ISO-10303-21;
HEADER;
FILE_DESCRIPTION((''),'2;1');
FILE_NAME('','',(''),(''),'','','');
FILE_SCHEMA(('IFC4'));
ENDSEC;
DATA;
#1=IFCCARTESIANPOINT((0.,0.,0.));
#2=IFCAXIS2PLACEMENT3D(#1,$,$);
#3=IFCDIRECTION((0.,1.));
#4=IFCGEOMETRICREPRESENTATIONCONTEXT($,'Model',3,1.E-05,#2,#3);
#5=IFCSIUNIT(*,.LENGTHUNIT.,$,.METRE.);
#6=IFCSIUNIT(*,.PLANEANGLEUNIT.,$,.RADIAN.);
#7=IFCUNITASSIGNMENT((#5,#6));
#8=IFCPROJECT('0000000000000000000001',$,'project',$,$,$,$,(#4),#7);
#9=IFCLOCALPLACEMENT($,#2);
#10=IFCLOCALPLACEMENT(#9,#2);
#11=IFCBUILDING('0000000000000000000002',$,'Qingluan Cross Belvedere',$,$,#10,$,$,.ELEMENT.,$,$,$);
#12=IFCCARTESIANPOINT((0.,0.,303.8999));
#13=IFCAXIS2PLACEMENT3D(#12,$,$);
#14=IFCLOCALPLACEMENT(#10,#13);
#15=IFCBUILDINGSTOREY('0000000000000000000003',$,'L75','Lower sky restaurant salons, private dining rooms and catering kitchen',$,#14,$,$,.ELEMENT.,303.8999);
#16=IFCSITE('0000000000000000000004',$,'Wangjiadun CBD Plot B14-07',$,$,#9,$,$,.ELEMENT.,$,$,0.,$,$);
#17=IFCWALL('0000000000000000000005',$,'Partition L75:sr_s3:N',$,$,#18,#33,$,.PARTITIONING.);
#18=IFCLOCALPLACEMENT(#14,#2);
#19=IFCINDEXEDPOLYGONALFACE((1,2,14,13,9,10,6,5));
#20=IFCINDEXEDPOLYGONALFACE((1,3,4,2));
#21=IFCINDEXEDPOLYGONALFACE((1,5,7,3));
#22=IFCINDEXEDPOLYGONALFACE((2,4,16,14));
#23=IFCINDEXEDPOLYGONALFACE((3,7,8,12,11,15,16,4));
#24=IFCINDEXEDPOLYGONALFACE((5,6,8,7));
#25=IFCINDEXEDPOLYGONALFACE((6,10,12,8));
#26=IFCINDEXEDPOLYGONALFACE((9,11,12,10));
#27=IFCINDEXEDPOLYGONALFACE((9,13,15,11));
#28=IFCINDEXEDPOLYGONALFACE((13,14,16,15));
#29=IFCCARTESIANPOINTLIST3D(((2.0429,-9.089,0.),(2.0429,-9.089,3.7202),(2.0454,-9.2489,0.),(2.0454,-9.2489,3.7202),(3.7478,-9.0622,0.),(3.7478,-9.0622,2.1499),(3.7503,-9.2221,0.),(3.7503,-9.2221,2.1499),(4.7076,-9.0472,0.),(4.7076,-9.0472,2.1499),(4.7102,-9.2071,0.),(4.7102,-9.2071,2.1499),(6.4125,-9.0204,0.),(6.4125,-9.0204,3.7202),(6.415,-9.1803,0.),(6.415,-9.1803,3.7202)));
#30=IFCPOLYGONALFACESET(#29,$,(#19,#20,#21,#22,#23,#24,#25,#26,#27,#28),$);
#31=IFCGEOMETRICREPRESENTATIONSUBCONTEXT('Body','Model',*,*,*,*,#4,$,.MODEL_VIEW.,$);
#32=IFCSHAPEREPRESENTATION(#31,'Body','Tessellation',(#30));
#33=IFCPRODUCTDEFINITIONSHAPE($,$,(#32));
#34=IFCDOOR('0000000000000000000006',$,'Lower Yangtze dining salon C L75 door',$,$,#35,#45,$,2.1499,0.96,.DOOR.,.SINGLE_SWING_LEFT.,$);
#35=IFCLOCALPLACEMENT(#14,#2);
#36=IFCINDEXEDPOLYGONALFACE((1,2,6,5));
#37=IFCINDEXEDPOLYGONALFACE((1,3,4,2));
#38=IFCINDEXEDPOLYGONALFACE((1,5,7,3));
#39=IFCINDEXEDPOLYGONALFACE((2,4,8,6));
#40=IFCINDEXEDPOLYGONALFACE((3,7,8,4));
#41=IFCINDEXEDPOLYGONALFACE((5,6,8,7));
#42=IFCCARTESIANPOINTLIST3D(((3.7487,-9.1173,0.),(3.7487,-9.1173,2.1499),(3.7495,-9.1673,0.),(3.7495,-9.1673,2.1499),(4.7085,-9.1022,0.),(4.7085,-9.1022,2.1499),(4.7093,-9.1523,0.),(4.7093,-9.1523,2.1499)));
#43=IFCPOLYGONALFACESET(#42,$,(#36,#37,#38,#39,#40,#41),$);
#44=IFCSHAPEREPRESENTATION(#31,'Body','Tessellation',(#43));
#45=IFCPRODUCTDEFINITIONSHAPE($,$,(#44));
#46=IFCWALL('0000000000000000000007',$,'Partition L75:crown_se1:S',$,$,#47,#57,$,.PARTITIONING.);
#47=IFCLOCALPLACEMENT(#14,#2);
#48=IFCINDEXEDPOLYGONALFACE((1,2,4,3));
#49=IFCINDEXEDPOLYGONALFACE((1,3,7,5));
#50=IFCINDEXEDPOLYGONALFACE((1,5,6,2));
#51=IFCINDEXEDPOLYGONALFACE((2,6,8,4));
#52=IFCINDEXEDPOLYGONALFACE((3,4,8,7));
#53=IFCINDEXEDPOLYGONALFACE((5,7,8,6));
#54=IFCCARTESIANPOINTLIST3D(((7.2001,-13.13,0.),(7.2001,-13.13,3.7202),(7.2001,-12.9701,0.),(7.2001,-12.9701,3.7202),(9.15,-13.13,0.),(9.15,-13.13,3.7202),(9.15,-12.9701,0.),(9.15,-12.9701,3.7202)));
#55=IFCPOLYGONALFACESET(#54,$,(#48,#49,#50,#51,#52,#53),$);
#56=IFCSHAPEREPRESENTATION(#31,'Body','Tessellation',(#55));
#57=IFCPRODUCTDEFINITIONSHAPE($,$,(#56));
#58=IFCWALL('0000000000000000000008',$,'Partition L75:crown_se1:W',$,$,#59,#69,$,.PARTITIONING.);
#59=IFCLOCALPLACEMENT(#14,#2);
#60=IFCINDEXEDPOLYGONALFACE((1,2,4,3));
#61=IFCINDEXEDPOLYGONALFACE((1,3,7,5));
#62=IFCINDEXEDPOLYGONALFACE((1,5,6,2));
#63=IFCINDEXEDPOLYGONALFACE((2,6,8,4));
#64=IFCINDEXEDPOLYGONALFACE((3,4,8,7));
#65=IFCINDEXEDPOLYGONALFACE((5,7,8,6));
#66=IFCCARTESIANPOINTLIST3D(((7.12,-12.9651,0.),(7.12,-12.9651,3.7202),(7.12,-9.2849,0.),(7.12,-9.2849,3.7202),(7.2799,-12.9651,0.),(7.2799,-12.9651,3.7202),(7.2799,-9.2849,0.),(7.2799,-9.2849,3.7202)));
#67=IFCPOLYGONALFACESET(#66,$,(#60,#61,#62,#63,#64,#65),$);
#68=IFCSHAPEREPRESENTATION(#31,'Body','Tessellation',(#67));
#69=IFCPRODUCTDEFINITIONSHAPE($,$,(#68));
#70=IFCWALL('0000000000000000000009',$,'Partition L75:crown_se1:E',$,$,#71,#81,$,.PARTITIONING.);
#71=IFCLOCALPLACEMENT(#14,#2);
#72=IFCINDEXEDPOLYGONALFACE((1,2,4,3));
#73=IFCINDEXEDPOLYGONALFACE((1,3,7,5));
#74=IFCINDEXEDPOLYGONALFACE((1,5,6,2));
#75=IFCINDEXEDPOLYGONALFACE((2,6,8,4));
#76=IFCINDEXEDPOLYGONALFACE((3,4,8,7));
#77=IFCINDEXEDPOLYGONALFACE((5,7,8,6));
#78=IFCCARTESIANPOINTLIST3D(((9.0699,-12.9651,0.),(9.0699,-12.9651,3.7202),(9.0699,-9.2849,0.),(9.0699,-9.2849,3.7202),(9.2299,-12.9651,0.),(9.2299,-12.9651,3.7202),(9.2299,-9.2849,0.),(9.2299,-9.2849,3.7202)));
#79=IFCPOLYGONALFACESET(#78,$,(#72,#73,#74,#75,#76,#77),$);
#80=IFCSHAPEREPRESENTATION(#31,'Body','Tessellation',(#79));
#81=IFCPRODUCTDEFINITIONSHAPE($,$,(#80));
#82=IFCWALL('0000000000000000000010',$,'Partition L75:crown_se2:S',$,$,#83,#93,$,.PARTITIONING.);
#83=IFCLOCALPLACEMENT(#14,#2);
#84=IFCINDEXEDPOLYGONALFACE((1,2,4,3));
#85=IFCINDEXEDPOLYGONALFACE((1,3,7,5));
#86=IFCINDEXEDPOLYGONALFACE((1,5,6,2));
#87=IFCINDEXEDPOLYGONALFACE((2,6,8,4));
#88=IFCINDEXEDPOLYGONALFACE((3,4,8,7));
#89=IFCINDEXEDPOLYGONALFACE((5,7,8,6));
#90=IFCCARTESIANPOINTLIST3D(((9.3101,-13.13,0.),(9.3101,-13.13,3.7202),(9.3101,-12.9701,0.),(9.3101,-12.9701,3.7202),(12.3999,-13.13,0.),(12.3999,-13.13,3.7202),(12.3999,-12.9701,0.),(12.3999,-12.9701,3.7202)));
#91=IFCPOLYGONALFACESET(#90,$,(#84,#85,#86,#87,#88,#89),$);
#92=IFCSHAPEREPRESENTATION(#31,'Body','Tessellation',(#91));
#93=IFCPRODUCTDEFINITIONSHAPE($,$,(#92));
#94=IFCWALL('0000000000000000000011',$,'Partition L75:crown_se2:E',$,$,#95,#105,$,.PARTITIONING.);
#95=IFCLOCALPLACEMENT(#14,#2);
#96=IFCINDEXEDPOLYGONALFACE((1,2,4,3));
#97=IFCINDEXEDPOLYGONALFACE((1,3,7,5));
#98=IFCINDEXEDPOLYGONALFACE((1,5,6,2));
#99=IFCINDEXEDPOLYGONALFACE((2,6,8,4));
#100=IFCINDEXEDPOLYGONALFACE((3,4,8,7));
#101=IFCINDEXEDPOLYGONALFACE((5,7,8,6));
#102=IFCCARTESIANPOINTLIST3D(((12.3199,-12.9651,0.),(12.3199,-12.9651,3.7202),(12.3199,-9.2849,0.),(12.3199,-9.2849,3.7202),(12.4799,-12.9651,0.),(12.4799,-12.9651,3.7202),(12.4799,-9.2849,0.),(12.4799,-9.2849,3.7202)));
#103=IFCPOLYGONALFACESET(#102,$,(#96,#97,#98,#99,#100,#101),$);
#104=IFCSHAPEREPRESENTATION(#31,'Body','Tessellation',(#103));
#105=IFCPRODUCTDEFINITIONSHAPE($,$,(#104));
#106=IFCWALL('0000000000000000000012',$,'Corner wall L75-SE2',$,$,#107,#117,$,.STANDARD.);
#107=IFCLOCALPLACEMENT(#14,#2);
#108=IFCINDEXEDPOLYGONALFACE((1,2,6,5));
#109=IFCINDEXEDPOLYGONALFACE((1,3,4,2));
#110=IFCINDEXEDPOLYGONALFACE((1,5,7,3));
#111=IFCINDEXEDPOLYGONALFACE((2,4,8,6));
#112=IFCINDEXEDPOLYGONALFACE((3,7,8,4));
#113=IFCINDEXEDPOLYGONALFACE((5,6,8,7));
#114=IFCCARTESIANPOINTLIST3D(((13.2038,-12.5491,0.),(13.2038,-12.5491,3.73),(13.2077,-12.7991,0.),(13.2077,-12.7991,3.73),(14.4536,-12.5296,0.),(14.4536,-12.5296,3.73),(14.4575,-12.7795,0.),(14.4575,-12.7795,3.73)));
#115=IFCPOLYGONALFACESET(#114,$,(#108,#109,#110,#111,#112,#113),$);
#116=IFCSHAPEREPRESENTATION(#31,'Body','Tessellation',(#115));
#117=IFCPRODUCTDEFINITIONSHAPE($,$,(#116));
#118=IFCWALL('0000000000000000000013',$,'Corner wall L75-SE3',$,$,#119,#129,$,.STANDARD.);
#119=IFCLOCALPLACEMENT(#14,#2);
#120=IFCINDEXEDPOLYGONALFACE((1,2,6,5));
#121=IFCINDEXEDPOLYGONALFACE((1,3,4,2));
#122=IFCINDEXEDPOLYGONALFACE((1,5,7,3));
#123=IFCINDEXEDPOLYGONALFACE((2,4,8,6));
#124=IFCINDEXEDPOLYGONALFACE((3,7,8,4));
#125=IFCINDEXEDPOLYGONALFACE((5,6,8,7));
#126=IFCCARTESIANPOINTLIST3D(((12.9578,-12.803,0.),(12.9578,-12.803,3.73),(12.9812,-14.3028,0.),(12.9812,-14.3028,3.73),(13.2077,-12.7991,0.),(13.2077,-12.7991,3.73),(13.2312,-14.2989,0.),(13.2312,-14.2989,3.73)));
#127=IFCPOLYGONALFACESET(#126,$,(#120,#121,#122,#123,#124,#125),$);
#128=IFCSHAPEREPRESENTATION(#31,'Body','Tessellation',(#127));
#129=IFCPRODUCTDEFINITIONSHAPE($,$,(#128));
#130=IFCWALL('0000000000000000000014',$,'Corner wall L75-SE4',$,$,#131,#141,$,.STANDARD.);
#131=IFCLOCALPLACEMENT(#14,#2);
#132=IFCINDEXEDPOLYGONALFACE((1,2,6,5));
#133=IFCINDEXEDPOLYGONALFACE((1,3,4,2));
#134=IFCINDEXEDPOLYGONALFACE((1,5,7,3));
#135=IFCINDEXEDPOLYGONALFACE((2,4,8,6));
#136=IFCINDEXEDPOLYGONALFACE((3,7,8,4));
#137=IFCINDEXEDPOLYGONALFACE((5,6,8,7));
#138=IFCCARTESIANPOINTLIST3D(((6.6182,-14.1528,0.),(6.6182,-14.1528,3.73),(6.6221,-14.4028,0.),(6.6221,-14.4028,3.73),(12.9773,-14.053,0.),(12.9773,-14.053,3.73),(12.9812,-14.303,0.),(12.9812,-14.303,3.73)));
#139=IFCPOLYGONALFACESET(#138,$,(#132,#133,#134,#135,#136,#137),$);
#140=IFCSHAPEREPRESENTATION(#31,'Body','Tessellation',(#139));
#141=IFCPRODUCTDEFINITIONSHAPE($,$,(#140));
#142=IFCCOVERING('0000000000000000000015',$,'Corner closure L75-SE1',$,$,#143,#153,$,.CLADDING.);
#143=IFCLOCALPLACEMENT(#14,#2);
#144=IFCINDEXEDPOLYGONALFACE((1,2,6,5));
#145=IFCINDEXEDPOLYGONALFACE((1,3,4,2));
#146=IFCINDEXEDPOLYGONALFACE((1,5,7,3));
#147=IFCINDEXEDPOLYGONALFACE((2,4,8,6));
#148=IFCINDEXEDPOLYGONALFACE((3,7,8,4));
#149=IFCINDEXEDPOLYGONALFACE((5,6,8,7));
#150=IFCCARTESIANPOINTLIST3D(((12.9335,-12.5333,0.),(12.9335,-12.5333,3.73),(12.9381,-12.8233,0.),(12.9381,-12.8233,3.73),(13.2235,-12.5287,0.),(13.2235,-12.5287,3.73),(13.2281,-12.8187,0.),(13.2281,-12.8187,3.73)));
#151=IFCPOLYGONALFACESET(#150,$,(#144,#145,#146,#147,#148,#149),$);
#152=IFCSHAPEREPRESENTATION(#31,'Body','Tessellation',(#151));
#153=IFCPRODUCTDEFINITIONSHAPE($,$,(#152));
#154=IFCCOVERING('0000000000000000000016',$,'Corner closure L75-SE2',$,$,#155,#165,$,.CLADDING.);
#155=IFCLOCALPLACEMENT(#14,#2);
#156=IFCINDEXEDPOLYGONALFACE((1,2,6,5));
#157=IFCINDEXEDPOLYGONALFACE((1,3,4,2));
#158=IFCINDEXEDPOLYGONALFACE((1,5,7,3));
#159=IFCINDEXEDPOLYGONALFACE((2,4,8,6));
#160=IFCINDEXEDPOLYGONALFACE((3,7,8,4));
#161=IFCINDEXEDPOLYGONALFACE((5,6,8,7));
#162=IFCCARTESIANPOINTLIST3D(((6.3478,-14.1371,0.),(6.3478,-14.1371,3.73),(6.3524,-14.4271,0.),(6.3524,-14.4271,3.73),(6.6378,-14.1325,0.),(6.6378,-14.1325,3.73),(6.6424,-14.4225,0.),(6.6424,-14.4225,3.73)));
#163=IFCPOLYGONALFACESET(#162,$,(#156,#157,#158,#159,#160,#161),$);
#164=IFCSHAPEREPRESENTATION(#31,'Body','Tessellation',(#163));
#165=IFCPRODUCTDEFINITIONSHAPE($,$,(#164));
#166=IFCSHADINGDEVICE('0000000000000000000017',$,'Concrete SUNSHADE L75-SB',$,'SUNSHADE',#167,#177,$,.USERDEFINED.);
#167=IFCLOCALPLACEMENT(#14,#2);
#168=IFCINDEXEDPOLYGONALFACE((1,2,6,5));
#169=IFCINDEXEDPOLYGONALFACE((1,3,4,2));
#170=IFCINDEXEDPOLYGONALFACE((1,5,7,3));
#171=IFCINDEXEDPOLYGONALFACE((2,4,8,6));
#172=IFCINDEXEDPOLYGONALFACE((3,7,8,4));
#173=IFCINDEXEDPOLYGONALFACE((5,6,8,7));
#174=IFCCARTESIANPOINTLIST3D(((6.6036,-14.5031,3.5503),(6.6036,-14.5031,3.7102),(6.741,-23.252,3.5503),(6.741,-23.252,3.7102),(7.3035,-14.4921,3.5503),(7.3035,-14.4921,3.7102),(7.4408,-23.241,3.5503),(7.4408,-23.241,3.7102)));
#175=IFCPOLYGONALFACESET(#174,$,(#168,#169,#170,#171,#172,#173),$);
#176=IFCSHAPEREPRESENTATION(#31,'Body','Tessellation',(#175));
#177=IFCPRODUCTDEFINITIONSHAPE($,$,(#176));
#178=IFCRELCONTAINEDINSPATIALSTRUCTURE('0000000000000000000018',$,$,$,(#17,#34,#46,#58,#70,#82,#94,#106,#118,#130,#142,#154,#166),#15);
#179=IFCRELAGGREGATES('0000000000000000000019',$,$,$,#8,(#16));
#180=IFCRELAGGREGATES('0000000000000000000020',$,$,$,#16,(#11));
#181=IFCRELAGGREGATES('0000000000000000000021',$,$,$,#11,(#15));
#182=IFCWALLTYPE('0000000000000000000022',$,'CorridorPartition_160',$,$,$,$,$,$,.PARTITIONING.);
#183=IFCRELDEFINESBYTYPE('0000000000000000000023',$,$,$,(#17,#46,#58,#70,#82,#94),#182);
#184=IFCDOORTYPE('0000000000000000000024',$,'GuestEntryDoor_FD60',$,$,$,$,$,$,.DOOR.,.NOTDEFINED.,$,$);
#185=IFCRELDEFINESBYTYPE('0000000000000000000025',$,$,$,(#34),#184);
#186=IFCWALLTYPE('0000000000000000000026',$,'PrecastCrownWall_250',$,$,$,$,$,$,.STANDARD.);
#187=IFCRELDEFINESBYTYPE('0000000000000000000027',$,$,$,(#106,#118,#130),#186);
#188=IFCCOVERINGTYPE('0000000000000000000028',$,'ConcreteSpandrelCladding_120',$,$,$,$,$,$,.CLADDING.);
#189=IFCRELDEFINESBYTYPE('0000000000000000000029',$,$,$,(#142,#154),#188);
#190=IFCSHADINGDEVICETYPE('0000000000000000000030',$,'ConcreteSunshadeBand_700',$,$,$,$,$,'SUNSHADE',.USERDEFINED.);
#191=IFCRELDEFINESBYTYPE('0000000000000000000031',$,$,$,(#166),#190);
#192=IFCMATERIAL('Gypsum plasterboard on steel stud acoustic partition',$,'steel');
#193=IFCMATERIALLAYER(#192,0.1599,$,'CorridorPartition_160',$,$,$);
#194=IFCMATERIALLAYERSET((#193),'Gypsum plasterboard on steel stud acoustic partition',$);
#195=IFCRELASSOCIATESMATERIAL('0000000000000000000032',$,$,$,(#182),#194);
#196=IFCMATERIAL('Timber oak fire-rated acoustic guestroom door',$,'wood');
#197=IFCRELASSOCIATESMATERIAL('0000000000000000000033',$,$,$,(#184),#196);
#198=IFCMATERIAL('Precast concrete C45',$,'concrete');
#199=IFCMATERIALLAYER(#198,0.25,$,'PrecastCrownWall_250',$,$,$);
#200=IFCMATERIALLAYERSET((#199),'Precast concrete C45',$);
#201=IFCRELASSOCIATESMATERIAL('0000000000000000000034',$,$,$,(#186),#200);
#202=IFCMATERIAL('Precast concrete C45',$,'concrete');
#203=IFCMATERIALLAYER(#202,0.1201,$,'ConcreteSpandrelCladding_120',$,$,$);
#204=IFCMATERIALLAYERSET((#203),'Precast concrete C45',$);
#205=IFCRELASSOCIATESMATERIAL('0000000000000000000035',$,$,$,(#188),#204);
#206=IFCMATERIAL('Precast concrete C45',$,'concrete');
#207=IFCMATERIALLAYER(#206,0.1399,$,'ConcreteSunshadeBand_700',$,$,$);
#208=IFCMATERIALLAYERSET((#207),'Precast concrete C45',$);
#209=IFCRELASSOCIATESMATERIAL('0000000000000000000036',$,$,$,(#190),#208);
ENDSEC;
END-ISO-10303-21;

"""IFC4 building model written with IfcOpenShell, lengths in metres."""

from ifc_helpers import new_model, si_unit, direction, frame, frame_2d, origin, origin_2d, place, context, subcontext, project, spatial, rectangle, extrude, material, layer, layer_set, type_object, element, fill, save


model = new_model("IFC4")

# Units and contexts
model_context = context("Model", 3, precision=1e-05, world=origin(), true_north=direction((0.0, 1.0)))
body_context = subcontext(model_context, "Body", "Model", "MODEL_VIEW")
ifc_project = project(units=[si_unit("LENGTHUNIT", "METRE"), si_unit("PLANEANGLEUNIT", "RADIAN")], contexts=[model_context])

# Site, building, storey
site_placement = place(None, origin())
site = spatial("IfcSite", under=ifc_project, at=site_placement, Name="Wangjiadun CBD Plot B14-07", CompositionType="ELEMENT", RefElevation=0.0)
building_placement = place(site_placement, origin())
building = spatial("IfcBuilding", under=site, at=building_placement, Name="Qingluan Cross Belvedere", CompositionType="ELEMENT")
storey_placement = place(building_placement, frame((0.0, 0.0, 303.8999)))
storey = spatial("IfcBuildingStorey", under=building, at=storey_placement, Name="L75", Description="Lower sky restaurant salons, private dining rooms and catering kitchen", CompositionType="ELEMENT", Elevation=303.8999)

# Wall, opening, door
ifc_material_1 = material(Name="Gypsum plasterboard on steel stud acoustic partition", Category="steel")
ifc_layer_1 = layer(ifc_material_1, 0.1599, Name="CorridorPartition_160")
ifc_layer_set_1 = layer_set([ifc_layer_1], Name="Gypsum plasterboard on steel stud acoustic partition")
wall_type_1 = type_object("IfcWallType", Name="CorridorPartition_160", PredefinedType="PARTITIONING", material=ifc_layer_set_1)
wall_1_placement = place(storey_placement, frame((2.0442, -9.1689, 0.0), z_axis=(0.0, 0.0, 1.0), x_axis=(0.999877, 0.015698, 0.0)))
wall_1 = element("IfcWall", 1, at=wall_1_placement, inside=storey, type_object=wall_type_1, Name="Partition L75:sr_s3:N", PredefinedType="PARTITIONING", context=body_context, shape_type="SweptSolid", body=[
    extrude(rectangle(XDim=4.3701, YDim=0.1599, at=frame_2d((2.1851, 0.0))), origin(), (0.0, 0.0, 1.0), 3.7202),
])
opening_1_placement = place(wall_1_placement, frame((1.7051, 0.0, 0.0)))
opening_1 = element("IfcOpeningElement", 2, at=opening_1_placement, cuts=wall_1, PredefinedType="OPENING", context=body_context, shape_type="SweptSolid", body=[
    extrude(rectangle(XDim=0.96, YDim=2.1499, at=frame_2d((0.48, 1.075))), frame((0.0, 0.0898, 0.0), z_axis=(0.0, -1.0, 0.0), x_axis=(1.0, 0.0, 0.0)), (0.0, 0.0, 1.0), 0.1799),
])
ifc_material_2 = material(Name="Timber oak fire-rated acoustic guestroom door", Category="wood")
door_type = type_object("IfcDoorType", Name="GuestEntryDoor_FD60", OperationType="NOTDEFINED", PredefinedType="DOOR", material=ifc_material_2)
door_1_placement = place(opening_1_placement, origin())
door_1 = element("IfcDoor", 3, at=door_1_placement, inside=storey, type_object=door_type, Name="Lower Yangtze dining salon C L75 door", OperationType="SINGLE_SWING_LEFT", OverallHeight=2.1499, OverallWidth=0.96, PredefinedType="DOOR", context=body_context, shape_type="SweptSolid", body=[
    extrude(rectangle(XDim=0.96, YDim=2.1499, at=frame_2d((0.48, 1.075))), frame((0.0, 0.0249, 0.0), z_axis=(0.0, -1.0, 0.0), x_axis=(1.0, 0.0, 0.0)), (0.0, 0.0, 1.0), 0.05),
])
fill(opening_1, door_1)

# Wall
wall_2_placement = place(storey_placement, frame((7.2, -13.05, 0.0), z_axis=(0.0, 0.0, 1.0), x_axis=(1.0, 0.0, 0.0)))
element("IfcWall", 4, at=wall_2_placement, inside=storey, type_object=wall_type_1, Name="Partition L75:crown_se1:S", PredefinedType="PARTITIONING", context=body_context, shape_type="SweptSolid", body=[
    extrude(rectangle(XDim=1.95, YDim=0.1599, at=frame_2d((0.9751, 0.0))), origin(), (0.0, 0.0, 1.0), 3.7202),
])

# Walls
for number, where, z_axis, x_axis, name in (
    (5, (7.2, -12.9651, 0.0), (0.0, 0.0, 1.0), (0.0, 1.0, 0.0), "Partition L75:crown_se1:W"),
    (6, (9.1499, -12.9651, 0.0), (0.0, 0.0, 1.0), (0.0, 1.0, 0.0), "Partition L75:crown_se1:E"),
):
    element("IfcWall", number, at=place(storey_placement, frame(where, z_axis=z_axis, x_axis=x_axis)), inside=storey, type_object=wall_type_1, Name=name, PredefinedType="PARTITIONING", context=body_context, shape_type="SweptSolid", body=[
        extrude(rectangle(XDim=3.6802, YDim=0.1599, at=frame_2d((1.8401, 0.0))), origin(), (0.0, 0.0, 1.0), 3.7202),
    ])
wall_3_placement = place(storey_placement, frame((9.3101, -13.05, 0.0), z_axis=(0.0, 0.0, 1.0), x_axis=(1.0, 0.0, 0.0)))
element("IfcWall", 7, at=wall_3_placement, inside=storey, type_object=wall_type_1, Name="Partition L75:crown_se2:S", PredefinedType="PARTITIONING", context=body_context, shape_type="SweptSolid", body=[
    extrude(rectangle(XDim=3.0898, YDim=0.1599, at=frame_2d((1.5449, 0.0))), origin(), (0.0, 0.0, 1.0), 3.7202),
])

# Walls
wall_4_placement = place(storey_placement, frame((12.3999, -12.9651, 0.0), z_axis=(0.0, 0.0, 1.0), x_axis=(0.0, 1.0, 0.0)))
element("IfcWall", 8, at=wall_4_placement, inside=storey, type_object=wall_type_1, Name="Partition L75:crown_se2:E", PredefinedType="PARTITIONING", context=body_context, shape_type="SweptSolid", body=[
    extrude(rectangle(XDim=3.6802, YDim=0.1599, at=frame_2d((1.8401, 0.0))), origin(), (0.0, 0.0, 1.0), 3.7202),
])
ifc_material_3 = material(Name="Precast concrete C45", Category="concrete")
ifc_layer_2 = layer(ifc_material_3, 0.25, Name="PrecastCrownWall_250")
ifc_layer_set_2 = layer_set([ifc_layer_2], Name="Precast concrete C45")
wall_type_2 = type_object("IfcWallType", Name="PrecastCrownWall_250", PredefinedType="STANDARD", material=ifc_layer_set_2)
wall_5_placement = place(storey_placement, frame((14.4556, -12.6545, 0.0), z_axis=(0.0, 0.0, 1.0), x_axis=(-0.999878, -0.015626, 0.0)))
element("IfcWall", 9, at=wall_5_placement, inside=storey, type_object=wall_type_2, Name="Corner wall L75-SE2", PredefinedType="STANDARD", context=body_context, shape_type="SweptSolid", body=[
    extrude(rectangle(XDim=1.25, YDim=0.25, at=frame_2d((0.625, 0.0))), origin(), (0.0, 0.0, 1.0), 3.73),
])
wall_6_placement = place(storey_placement, frame((13.0828, -12.801, 0.0), z_axis=(0.0, 0.0, 1.0), x_axis=(0.015626, -0.999878, 0.0)))
element("IfcWall", 10, at=wall_6_placement, inside=storey, type_object=wall_type_2, Name="Corner wall L75-SE3", PredefinedType="STANDARD", context=body_context, shape_type="SweptSolid", body=[
    extrude(rectangle(XDim=1.5, YDim=0.25, at=frame_2d((0.75, 0.0))), origin(), (0.0, 0.0, 1.0), 3.73),
])
wall_7_placement = place(storey_placement, frame((12.9792, -14.178, 0.0), z_axis=(0.0, 0.0, 1.0), x_axis=(-0.999877, -0.0157, 0.0)))
element("IfcWall", 11, at=wall_7_placement, inside=storey, type_object=wall_type_2, Name="Corner wall L75-SE4", PredefinedType="STANDARD", context=body_context, shape_type="SweptSolid", body=[
    extrude(rectangle(XDim=6.3599, YDim=0.25, at=frame_2d((3.1799, 0.0))), origin(), (0.0, 0.0, 1.0), 3.73),
])

# Coverings
ifc_material_4 = material(Name="Precast concrete C45", Category="concrete")
ifc_layer_3 = layer(ifc_material_4, 0.1201, Name="ConcreteSpandrelCladding_120")
ifc_layer_set_3 = layer_set([ifc_layer_3], Name="Precast concrete C45")
covering_type = type_object("IfcCoveringType", Name="ConcreteSpandrelCladding_120", PredefinedType="CLADDING", material=ifc_layer_set_3)
for number, where, z_axis, x_axis, name in (
    (12, (13.0808, -12.676, 0.0), (0.0, 0.0, 1.0), (0.999877, 0.015707, 0.0), "Corner closure L75-SE1"),
    (13, (6.4951, -14.2798, 0.0), (0.0, 0.0, 1.0), (0.999877, 0.015707, 0.0), "Corner closure L75-SE2"),
):
    element("IfcCovering", number, at=place(storey_placement, frame(where, z_axis=z_axis, x_axis=x_axis)), inside=storey, type_object=covering_type, Name=name, PredefinedType="CLADDING", context=body_context, shape_type="SweptSolid", body=[
        extrude(rectangle(XDim=0.29, YDim=0.29, at=origin_2d()), origin(), (0.0, 0.0, 1.0), 3.73),
    ])

# Shading device
ifc_material_5 = material(Name="Precast concrete C45", Category="concrete")
ifc_layer_4 = layer(ifc_material_5, 0.1399, Name="ConcreteSunshadeBand_700")
ifc_layer_set_4 = layer_set([ifc_layer_4], Name="Precast concrete C45")
shading_device_type = type_object("IfcShadingDeviceType", Name="ConcreteSunshadeBand_700", ElementType="SUNSHADE", PredefinedType="USERDEFINED", material=ifc_layer_set_4)
shading_device_placement = place(storey_placement, frame((7.0222, -18.8721, 3.5503), z_axis=(0.0, 0.0, 1.0), x_axis=(-0.015698, 0.999877, 0.0)))
element("IfcShadingDevice", 14, at=shading_device_placement, inside=storey, type_object=shading_device_type, Name="Concrete SUNSHADE L75-SB", ObjectType="SUNSHADE", PredefinedType="USERDEFINED", context=body_context, shape_type="SweptSolid", body=[
    extrude(rectangle(XDim=8.75, YDim=0.7, at=origin_2d()), origin(), (0.0, 0.0, 1.0), 0.1599),
])

save(model, "model.ifc")
